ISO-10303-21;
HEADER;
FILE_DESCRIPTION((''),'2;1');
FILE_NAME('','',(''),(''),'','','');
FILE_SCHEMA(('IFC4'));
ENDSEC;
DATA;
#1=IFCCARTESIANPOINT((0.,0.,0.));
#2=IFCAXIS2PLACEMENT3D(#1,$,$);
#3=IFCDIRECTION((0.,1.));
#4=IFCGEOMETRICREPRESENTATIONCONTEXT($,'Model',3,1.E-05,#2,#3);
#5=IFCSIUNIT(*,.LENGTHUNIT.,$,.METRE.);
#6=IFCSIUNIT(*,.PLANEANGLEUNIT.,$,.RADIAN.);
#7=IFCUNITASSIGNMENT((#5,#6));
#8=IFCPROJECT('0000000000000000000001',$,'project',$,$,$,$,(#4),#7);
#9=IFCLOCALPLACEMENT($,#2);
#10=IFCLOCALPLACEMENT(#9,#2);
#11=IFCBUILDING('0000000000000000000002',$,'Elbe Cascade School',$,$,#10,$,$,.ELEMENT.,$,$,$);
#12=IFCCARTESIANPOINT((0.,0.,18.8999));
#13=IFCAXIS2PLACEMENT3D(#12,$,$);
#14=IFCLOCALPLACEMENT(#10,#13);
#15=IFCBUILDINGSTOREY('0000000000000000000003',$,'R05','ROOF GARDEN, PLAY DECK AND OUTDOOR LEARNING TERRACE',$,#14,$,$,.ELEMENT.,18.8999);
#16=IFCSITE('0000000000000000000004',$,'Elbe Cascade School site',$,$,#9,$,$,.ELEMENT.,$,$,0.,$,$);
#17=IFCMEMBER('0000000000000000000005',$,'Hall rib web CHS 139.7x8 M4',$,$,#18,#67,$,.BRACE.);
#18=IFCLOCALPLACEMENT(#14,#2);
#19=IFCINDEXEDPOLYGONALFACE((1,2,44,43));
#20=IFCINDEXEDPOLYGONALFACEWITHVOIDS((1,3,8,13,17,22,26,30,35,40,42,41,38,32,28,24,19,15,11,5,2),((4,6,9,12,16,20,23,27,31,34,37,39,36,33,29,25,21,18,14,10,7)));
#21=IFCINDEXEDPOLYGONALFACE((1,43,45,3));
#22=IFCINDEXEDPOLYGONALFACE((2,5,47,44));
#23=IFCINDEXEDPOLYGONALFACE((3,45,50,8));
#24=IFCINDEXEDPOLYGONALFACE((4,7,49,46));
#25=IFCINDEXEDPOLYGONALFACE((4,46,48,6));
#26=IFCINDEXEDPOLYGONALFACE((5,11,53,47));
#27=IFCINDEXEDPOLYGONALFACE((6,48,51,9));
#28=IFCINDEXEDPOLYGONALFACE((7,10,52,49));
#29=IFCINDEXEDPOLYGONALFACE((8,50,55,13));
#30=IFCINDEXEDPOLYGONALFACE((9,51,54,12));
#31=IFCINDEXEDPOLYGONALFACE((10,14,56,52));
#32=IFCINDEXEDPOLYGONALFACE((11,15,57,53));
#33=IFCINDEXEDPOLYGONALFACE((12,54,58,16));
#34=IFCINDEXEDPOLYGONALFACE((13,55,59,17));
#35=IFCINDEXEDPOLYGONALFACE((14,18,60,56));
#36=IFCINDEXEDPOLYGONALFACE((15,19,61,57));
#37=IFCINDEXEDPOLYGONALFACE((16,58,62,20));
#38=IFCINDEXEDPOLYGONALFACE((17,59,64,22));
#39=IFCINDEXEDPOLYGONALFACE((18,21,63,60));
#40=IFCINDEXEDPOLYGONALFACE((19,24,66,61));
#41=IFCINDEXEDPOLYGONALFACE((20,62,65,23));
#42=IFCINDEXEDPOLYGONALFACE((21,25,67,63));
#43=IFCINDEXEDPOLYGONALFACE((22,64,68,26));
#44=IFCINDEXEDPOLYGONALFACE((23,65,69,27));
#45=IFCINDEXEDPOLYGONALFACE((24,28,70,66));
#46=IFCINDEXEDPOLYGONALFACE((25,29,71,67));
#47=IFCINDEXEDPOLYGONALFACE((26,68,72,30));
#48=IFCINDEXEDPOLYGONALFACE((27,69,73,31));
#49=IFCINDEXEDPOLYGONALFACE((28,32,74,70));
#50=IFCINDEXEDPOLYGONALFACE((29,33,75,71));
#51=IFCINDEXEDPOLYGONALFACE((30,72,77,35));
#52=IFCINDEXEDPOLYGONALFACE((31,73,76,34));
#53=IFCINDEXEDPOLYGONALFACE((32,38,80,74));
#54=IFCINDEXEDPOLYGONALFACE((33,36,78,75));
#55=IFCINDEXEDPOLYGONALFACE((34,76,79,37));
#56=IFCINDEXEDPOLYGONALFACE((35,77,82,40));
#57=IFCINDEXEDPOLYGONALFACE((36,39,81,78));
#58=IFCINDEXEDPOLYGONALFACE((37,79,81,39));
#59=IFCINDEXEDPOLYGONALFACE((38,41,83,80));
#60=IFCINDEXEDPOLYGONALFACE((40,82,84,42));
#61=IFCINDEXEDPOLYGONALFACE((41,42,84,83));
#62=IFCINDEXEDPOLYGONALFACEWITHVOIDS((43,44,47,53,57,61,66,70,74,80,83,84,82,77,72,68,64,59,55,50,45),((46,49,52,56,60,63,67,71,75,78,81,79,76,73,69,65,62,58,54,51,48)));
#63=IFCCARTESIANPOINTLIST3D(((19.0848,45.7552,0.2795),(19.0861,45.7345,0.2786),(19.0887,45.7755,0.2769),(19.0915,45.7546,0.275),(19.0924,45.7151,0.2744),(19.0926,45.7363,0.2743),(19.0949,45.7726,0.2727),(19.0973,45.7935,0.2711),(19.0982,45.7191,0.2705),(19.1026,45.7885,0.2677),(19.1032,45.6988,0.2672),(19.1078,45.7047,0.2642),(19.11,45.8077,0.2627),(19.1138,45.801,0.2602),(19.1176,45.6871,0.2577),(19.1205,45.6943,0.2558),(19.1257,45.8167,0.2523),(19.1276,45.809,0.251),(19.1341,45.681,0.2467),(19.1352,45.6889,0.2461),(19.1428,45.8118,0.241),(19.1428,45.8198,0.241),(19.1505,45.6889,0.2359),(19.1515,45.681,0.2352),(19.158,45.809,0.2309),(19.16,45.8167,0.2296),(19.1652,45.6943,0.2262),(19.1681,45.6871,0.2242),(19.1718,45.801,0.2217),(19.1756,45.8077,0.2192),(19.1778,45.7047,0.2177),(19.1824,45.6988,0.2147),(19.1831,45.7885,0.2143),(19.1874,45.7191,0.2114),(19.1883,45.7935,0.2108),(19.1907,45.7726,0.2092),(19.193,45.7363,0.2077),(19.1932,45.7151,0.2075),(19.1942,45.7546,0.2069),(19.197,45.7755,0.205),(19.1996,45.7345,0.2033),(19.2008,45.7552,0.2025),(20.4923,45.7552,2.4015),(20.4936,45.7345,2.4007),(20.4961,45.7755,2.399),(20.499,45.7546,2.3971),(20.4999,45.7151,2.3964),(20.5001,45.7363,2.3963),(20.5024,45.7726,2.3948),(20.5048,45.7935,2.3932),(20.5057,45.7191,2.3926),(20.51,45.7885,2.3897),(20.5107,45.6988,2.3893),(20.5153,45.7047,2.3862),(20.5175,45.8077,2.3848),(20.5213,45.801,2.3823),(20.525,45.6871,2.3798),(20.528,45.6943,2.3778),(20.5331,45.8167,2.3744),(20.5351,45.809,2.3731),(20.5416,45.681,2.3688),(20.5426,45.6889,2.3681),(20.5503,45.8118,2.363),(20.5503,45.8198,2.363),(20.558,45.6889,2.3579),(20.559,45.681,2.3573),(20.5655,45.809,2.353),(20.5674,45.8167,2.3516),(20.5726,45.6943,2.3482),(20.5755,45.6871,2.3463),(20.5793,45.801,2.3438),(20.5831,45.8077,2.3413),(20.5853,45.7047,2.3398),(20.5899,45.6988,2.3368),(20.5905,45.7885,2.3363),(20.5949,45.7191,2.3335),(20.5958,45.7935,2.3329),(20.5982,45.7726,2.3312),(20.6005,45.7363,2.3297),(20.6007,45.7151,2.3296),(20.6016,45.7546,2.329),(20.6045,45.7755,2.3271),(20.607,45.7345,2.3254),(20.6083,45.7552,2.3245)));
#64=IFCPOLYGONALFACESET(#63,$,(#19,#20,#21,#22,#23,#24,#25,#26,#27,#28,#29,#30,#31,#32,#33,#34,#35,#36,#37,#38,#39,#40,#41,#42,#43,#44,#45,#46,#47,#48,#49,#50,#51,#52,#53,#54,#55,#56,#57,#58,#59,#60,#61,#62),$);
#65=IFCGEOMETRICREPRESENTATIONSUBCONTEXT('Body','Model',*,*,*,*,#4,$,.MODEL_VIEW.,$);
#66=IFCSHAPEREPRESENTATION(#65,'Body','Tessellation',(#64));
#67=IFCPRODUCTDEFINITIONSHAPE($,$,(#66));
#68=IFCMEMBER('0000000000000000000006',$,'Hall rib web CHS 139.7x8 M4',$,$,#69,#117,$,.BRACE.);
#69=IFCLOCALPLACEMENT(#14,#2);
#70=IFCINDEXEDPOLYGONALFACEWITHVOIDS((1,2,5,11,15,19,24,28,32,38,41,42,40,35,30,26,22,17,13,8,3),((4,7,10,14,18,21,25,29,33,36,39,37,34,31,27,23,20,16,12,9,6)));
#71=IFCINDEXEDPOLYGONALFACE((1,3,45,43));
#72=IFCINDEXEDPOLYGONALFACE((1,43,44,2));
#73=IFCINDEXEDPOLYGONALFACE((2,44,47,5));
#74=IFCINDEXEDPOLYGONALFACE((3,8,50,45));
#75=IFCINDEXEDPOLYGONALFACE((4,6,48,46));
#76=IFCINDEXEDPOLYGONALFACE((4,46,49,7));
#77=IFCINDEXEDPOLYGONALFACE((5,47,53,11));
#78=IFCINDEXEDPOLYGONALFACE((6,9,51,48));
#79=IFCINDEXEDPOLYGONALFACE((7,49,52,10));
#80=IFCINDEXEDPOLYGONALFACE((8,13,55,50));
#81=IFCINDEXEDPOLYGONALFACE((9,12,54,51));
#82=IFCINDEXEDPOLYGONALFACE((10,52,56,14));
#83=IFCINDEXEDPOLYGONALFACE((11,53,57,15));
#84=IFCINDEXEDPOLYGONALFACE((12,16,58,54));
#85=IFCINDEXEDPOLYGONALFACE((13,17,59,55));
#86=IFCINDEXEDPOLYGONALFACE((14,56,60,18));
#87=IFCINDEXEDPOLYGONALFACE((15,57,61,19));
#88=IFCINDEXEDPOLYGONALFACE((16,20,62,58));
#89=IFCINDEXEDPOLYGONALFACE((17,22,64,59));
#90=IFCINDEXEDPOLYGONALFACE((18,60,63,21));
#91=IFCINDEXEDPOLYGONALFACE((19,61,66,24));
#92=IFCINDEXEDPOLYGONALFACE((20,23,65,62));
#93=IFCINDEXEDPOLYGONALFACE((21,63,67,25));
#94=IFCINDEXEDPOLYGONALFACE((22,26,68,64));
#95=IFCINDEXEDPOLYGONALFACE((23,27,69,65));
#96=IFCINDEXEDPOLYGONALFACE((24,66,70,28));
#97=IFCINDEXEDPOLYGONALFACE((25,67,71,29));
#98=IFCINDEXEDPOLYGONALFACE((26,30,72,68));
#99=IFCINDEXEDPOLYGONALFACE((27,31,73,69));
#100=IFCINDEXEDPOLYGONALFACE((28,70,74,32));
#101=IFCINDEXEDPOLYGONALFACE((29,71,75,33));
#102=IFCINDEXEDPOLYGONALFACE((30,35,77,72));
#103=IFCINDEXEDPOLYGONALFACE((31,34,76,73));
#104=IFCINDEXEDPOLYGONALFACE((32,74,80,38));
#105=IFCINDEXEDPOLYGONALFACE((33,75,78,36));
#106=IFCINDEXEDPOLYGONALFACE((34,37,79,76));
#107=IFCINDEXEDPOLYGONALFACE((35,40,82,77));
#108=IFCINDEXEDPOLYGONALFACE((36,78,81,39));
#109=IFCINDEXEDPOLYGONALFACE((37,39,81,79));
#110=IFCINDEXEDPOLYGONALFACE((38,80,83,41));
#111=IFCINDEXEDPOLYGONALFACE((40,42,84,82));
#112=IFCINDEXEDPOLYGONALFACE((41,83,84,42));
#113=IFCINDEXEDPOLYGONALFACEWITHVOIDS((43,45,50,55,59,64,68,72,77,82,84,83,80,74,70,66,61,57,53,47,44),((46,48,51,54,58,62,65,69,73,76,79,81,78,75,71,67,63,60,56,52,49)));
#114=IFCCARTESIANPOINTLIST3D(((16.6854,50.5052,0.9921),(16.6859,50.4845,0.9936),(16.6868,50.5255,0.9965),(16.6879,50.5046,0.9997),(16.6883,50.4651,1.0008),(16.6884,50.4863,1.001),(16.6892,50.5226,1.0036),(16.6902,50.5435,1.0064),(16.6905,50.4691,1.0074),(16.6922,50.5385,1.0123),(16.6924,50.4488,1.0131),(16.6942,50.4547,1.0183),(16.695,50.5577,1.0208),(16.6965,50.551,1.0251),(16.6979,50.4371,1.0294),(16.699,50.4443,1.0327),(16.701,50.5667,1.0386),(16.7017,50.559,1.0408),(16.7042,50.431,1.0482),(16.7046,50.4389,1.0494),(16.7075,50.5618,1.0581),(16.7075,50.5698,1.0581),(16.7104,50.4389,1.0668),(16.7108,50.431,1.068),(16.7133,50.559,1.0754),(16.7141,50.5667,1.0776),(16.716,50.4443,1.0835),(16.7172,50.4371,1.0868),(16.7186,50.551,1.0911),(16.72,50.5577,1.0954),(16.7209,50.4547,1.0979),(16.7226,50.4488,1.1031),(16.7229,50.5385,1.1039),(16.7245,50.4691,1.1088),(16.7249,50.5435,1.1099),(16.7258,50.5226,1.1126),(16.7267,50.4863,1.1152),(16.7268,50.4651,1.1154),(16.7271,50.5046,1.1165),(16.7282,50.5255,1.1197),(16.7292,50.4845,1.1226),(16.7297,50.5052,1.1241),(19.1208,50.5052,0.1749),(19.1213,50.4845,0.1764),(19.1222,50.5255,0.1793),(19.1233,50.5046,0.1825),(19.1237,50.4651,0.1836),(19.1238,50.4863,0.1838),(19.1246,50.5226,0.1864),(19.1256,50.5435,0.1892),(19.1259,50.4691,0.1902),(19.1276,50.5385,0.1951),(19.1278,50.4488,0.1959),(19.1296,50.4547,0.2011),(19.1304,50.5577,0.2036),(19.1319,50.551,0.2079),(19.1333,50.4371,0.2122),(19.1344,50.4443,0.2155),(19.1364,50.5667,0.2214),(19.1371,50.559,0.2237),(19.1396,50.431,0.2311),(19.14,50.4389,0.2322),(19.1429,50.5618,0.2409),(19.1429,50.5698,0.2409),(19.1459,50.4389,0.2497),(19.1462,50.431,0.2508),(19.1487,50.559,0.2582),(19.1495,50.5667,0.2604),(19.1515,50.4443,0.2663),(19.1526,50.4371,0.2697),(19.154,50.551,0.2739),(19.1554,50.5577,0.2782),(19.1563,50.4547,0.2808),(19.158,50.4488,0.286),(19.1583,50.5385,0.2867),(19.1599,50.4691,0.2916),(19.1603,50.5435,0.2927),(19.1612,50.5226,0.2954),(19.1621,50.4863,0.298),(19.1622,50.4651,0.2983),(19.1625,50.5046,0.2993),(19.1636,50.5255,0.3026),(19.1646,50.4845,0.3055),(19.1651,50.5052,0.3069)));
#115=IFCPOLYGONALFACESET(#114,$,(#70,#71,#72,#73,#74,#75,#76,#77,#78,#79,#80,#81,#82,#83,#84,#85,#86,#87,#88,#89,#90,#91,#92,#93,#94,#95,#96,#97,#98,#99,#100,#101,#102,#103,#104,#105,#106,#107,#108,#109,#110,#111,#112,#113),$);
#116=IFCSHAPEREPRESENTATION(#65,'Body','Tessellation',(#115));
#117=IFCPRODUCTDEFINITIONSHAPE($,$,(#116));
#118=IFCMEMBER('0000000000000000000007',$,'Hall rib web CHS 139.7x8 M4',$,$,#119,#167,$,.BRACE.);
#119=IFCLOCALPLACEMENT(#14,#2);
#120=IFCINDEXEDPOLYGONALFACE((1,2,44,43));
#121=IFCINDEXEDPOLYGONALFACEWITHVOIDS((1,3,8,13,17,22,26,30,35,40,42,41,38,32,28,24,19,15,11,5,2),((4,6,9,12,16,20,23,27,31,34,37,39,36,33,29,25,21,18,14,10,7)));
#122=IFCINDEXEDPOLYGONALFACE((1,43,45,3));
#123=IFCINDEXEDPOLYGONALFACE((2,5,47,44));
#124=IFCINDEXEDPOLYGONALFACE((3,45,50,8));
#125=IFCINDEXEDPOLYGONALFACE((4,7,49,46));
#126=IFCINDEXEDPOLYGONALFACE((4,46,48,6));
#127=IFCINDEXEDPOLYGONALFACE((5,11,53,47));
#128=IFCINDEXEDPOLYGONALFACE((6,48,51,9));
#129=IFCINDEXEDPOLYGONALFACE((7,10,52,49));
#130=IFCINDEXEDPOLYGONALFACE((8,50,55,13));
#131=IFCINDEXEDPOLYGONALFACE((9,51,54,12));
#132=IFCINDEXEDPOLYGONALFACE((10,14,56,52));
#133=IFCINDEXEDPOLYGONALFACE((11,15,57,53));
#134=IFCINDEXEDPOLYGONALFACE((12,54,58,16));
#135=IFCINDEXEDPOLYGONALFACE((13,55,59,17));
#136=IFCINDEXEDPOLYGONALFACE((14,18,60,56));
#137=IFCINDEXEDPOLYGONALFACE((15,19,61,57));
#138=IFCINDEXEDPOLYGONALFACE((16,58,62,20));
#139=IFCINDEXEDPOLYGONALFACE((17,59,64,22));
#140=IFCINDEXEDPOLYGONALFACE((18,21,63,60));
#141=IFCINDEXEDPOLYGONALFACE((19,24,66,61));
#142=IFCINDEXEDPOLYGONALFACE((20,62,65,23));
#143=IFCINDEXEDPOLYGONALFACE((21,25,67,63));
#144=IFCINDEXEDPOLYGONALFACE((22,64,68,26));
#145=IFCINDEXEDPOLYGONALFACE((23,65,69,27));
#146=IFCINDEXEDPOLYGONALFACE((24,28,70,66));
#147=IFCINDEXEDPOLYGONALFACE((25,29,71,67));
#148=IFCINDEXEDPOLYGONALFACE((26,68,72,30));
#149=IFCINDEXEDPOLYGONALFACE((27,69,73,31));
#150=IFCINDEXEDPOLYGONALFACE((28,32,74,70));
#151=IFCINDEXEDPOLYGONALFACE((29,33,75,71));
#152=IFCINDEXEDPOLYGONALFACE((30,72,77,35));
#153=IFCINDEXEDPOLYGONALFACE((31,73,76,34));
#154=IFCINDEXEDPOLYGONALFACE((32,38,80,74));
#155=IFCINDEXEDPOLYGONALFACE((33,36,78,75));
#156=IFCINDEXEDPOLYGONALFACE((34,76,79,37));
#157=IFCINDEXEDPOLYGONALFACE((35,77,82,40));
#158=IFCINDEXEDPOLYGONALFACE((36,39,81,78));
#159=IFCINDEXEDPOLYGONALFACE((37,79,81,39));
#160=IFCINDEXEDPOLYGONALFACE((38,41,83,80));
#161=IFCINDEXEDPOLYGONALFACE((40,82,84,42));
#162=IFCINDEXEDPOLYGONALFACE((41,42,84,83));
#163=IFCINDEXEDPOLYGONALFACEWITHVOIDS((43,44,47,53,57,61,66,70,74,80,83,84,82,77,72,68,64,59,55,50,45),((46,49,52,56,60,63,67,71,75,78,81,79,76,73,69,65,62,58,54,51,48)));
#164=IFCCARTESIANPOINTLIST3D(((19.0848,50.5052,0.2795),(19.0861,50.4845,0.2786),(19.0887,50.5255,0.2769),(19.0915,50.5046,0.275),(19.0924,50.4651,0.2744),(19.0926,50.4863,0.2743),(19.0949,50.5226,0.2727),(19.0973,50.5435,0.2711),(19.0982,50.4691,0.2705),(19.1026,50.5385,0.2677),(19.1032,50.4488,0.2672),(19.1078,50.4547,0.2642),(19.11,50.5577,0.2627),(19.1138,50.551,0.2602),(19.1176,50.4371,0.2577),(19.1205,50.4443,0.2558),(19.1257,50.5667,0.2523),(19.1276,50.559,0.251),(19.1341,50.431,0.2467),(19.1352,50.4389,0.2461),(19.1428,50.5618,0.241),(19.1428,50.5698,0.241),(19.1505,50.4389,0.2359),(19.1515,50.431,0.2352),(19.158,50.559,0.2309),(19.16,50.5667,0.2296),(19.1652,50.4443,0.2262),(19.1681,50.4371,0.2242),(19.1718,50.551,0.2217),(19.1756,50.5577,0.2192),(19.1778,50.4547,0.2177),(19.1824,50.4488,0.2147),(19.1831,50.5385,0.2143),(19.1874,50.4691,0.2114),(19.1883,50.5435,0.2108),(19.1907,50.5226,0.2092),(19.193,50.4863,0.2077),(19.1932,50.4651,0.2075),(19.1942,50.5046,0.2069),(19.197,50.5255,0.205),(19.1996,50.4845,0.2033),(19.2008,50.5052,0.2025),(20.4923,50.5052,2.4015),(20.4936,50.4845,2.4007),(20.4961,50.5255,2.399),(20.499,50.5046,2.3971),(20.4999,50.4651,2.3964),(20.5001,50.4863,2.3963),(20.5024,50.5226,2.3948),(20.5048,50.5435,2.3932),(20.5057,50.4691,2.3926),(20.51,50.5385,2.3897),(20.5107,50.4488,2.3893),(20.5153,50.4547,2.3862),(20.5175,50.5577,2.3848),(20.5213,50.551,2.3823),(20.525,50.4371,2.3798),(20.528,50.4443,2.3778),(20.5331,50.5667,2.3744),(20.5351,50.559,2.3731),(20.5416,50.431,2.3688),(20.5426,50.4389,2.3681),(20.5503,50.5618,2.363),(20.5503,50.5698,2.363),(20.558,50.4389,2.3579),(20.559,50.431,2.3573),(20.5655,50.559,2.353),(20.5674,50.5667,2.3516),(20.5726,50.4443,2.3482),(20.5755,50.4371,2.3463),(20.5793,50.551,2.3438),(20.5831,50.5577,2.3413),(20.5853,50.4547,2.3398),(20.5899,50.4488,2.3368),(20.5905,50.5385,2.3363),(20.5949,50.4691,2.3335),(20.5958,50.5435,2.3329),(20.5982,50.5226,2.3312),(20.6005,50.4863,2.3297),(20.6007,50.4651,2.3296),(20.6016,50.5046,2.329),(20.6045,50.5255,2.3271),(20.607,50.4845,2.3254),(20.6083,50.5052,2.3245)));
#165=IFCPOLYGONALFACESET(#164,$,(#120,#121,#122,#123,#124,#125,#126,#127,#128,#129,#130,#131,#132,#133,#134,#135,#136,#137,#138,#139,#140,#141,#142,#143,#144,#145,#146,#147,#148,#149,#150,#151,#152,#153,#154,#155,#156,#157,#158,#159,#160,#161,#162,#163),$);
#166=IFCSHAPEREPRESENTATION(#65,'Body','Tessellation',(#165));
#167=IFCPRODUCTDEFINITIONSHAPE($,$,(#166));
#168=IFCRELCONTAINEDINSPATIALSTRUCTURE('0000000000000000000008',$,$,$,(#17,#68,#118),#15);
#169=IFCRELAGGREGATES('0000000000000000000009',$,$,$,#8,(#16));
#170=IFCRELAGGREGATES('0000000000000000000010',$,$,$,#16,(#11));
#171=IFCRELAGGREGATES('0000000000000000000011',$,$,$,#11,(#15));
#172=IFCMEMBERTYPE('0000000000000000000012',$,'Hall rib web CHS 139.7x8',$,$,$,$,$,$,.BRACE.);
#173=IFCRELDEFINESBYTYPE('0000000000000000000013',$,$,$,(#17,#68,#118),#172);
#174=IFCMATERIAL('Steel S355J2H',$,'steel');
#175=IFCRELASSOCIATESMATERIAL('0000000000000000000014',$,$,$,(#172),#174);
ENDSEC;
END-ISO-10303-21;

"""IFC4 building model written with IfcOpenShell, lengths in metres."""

from ifc_helpers import new_model, si_unit, direction, frame, origin, origin_2d, place, context, subcontext, project, spatial, hollow_circle, extrude, material, material_profile, profile_set, type_object, element, save


model = new_model("IFC4")

# Units and contexts
model_context = context("Model", 3, precision=1e-05, world=origin(), true_north=direction((0.0, 1.0)))
body_context = subcontext(model_context, "Body", "Model", "MODEL_VIEW")
ifc_project = project(units=[si_unit("LENGTHUNIT", "METRE"), si_unit("PLANEANGLEUNIT", "RADIAN")], contexts=[model_context])

# Site, building, storey
site_placement = place(None, origin())
site = spatial("IfcSite", under=ifc_project, at=site_placement, Name="Elbe Cascade School site", CompositionType="ELEMENT", RefElevation=0.0)
building_placement = place(site_placement, origin())
building = spatial("IfcBuilding", under=site, at=building_placement, Name="Elbe Cascade School", CompositionType="ELEMENT")
storey_placement = place(building_placement, frame((0.0, 0.0, 18.8999)))
storey = spatial("IfcBuildingStorey", under=building, at=storey_placement, Name="R05", Description="ROOF GARDEN, PLAY DECK AND OUTDOOR LEARNING TERRACE", CompositionType="ELEMENT", Elevation=18.8999)

# Members
ifc_material_1 = material(Name="Steel S355J2H", Category="steel")
ifc_material_profile_1 = material_profile(ifc_material_1, hollow_circle(Radius=0.0698, WallThickness=0.0081, at=origin_2d()), Name="CHS 139.7x8")
ifc_profile_set_1 = profile_set([ifc_material_profile_1], Name="Steel S355J2H")
member_type_1 = type_object("IfcMemberType", Name="Hall rib web CHS 139.7x8", PredefinedType="BRACE", material=ifc_profile_set_1)
member_1_placement = place(storey_placement, frame((19.1428, 45.75, 0.241), z_axis=(0.552729, 0.0, 0.833361), x_axis=(0.0, 1.0, 0.0)))
element("IfcMember", 1, at=member_1_placement, inside=storey, type_object=member_type_1, Name="Hall rib web CHS 139.7x8 M4", PredefinedType="BRACE", context=body_context, shape_type="SweptSolid", body=[
    extrude(hollow_circle(Radius=0.0698, WallThickness=0.0081, at=origin_2d()), origin(), (0.0, 0.0, 1.0), 2.5464),
])
member_2_placement = place(storey_placement, frame((16.7075, 50.5, 1.0581), z_axis=(0.948054, 0.0, -0.318109), x_axis=(0.0, 1.0, 0.0)))
element("IfcMember", 2, at=member_2_placement, inside=storey, type_object=member_type_1, Name="Hall rib web CHS 139.7x8 M4", PredefinedType="BRACE", context=body_context, shape_type="SweptSolid", body=[
    extrude(hollow_circle(Radius=0.0698, WallThickness=0.0081, at=origin_2d()), origin(), (0.0, 0.0, 1.0), 2.5688),
])
member_3_placement = place(storey_placement, frame((19.1428, 50.5, 0.241), z_axis=(0.552729, 0.0, 0.833361), x_axis=(0.0, 1.0, 0.0)))
element("IfcMember", 3, at=member_3_placement, inside=storey, type_object=member_type_1, Name="Hall rib web CHS 139.7x8 M4", PredefinedType="BRACE", context=body_context, shape_type="SweptSolid", body=[
    extrude(hollow_circle(Radius=0.0698, WallThickness=0.0081, at=origin_2d()), origin(), (0.0, 0.0, 1.0), 2.5464),
])

save(model, "model.ifc")
